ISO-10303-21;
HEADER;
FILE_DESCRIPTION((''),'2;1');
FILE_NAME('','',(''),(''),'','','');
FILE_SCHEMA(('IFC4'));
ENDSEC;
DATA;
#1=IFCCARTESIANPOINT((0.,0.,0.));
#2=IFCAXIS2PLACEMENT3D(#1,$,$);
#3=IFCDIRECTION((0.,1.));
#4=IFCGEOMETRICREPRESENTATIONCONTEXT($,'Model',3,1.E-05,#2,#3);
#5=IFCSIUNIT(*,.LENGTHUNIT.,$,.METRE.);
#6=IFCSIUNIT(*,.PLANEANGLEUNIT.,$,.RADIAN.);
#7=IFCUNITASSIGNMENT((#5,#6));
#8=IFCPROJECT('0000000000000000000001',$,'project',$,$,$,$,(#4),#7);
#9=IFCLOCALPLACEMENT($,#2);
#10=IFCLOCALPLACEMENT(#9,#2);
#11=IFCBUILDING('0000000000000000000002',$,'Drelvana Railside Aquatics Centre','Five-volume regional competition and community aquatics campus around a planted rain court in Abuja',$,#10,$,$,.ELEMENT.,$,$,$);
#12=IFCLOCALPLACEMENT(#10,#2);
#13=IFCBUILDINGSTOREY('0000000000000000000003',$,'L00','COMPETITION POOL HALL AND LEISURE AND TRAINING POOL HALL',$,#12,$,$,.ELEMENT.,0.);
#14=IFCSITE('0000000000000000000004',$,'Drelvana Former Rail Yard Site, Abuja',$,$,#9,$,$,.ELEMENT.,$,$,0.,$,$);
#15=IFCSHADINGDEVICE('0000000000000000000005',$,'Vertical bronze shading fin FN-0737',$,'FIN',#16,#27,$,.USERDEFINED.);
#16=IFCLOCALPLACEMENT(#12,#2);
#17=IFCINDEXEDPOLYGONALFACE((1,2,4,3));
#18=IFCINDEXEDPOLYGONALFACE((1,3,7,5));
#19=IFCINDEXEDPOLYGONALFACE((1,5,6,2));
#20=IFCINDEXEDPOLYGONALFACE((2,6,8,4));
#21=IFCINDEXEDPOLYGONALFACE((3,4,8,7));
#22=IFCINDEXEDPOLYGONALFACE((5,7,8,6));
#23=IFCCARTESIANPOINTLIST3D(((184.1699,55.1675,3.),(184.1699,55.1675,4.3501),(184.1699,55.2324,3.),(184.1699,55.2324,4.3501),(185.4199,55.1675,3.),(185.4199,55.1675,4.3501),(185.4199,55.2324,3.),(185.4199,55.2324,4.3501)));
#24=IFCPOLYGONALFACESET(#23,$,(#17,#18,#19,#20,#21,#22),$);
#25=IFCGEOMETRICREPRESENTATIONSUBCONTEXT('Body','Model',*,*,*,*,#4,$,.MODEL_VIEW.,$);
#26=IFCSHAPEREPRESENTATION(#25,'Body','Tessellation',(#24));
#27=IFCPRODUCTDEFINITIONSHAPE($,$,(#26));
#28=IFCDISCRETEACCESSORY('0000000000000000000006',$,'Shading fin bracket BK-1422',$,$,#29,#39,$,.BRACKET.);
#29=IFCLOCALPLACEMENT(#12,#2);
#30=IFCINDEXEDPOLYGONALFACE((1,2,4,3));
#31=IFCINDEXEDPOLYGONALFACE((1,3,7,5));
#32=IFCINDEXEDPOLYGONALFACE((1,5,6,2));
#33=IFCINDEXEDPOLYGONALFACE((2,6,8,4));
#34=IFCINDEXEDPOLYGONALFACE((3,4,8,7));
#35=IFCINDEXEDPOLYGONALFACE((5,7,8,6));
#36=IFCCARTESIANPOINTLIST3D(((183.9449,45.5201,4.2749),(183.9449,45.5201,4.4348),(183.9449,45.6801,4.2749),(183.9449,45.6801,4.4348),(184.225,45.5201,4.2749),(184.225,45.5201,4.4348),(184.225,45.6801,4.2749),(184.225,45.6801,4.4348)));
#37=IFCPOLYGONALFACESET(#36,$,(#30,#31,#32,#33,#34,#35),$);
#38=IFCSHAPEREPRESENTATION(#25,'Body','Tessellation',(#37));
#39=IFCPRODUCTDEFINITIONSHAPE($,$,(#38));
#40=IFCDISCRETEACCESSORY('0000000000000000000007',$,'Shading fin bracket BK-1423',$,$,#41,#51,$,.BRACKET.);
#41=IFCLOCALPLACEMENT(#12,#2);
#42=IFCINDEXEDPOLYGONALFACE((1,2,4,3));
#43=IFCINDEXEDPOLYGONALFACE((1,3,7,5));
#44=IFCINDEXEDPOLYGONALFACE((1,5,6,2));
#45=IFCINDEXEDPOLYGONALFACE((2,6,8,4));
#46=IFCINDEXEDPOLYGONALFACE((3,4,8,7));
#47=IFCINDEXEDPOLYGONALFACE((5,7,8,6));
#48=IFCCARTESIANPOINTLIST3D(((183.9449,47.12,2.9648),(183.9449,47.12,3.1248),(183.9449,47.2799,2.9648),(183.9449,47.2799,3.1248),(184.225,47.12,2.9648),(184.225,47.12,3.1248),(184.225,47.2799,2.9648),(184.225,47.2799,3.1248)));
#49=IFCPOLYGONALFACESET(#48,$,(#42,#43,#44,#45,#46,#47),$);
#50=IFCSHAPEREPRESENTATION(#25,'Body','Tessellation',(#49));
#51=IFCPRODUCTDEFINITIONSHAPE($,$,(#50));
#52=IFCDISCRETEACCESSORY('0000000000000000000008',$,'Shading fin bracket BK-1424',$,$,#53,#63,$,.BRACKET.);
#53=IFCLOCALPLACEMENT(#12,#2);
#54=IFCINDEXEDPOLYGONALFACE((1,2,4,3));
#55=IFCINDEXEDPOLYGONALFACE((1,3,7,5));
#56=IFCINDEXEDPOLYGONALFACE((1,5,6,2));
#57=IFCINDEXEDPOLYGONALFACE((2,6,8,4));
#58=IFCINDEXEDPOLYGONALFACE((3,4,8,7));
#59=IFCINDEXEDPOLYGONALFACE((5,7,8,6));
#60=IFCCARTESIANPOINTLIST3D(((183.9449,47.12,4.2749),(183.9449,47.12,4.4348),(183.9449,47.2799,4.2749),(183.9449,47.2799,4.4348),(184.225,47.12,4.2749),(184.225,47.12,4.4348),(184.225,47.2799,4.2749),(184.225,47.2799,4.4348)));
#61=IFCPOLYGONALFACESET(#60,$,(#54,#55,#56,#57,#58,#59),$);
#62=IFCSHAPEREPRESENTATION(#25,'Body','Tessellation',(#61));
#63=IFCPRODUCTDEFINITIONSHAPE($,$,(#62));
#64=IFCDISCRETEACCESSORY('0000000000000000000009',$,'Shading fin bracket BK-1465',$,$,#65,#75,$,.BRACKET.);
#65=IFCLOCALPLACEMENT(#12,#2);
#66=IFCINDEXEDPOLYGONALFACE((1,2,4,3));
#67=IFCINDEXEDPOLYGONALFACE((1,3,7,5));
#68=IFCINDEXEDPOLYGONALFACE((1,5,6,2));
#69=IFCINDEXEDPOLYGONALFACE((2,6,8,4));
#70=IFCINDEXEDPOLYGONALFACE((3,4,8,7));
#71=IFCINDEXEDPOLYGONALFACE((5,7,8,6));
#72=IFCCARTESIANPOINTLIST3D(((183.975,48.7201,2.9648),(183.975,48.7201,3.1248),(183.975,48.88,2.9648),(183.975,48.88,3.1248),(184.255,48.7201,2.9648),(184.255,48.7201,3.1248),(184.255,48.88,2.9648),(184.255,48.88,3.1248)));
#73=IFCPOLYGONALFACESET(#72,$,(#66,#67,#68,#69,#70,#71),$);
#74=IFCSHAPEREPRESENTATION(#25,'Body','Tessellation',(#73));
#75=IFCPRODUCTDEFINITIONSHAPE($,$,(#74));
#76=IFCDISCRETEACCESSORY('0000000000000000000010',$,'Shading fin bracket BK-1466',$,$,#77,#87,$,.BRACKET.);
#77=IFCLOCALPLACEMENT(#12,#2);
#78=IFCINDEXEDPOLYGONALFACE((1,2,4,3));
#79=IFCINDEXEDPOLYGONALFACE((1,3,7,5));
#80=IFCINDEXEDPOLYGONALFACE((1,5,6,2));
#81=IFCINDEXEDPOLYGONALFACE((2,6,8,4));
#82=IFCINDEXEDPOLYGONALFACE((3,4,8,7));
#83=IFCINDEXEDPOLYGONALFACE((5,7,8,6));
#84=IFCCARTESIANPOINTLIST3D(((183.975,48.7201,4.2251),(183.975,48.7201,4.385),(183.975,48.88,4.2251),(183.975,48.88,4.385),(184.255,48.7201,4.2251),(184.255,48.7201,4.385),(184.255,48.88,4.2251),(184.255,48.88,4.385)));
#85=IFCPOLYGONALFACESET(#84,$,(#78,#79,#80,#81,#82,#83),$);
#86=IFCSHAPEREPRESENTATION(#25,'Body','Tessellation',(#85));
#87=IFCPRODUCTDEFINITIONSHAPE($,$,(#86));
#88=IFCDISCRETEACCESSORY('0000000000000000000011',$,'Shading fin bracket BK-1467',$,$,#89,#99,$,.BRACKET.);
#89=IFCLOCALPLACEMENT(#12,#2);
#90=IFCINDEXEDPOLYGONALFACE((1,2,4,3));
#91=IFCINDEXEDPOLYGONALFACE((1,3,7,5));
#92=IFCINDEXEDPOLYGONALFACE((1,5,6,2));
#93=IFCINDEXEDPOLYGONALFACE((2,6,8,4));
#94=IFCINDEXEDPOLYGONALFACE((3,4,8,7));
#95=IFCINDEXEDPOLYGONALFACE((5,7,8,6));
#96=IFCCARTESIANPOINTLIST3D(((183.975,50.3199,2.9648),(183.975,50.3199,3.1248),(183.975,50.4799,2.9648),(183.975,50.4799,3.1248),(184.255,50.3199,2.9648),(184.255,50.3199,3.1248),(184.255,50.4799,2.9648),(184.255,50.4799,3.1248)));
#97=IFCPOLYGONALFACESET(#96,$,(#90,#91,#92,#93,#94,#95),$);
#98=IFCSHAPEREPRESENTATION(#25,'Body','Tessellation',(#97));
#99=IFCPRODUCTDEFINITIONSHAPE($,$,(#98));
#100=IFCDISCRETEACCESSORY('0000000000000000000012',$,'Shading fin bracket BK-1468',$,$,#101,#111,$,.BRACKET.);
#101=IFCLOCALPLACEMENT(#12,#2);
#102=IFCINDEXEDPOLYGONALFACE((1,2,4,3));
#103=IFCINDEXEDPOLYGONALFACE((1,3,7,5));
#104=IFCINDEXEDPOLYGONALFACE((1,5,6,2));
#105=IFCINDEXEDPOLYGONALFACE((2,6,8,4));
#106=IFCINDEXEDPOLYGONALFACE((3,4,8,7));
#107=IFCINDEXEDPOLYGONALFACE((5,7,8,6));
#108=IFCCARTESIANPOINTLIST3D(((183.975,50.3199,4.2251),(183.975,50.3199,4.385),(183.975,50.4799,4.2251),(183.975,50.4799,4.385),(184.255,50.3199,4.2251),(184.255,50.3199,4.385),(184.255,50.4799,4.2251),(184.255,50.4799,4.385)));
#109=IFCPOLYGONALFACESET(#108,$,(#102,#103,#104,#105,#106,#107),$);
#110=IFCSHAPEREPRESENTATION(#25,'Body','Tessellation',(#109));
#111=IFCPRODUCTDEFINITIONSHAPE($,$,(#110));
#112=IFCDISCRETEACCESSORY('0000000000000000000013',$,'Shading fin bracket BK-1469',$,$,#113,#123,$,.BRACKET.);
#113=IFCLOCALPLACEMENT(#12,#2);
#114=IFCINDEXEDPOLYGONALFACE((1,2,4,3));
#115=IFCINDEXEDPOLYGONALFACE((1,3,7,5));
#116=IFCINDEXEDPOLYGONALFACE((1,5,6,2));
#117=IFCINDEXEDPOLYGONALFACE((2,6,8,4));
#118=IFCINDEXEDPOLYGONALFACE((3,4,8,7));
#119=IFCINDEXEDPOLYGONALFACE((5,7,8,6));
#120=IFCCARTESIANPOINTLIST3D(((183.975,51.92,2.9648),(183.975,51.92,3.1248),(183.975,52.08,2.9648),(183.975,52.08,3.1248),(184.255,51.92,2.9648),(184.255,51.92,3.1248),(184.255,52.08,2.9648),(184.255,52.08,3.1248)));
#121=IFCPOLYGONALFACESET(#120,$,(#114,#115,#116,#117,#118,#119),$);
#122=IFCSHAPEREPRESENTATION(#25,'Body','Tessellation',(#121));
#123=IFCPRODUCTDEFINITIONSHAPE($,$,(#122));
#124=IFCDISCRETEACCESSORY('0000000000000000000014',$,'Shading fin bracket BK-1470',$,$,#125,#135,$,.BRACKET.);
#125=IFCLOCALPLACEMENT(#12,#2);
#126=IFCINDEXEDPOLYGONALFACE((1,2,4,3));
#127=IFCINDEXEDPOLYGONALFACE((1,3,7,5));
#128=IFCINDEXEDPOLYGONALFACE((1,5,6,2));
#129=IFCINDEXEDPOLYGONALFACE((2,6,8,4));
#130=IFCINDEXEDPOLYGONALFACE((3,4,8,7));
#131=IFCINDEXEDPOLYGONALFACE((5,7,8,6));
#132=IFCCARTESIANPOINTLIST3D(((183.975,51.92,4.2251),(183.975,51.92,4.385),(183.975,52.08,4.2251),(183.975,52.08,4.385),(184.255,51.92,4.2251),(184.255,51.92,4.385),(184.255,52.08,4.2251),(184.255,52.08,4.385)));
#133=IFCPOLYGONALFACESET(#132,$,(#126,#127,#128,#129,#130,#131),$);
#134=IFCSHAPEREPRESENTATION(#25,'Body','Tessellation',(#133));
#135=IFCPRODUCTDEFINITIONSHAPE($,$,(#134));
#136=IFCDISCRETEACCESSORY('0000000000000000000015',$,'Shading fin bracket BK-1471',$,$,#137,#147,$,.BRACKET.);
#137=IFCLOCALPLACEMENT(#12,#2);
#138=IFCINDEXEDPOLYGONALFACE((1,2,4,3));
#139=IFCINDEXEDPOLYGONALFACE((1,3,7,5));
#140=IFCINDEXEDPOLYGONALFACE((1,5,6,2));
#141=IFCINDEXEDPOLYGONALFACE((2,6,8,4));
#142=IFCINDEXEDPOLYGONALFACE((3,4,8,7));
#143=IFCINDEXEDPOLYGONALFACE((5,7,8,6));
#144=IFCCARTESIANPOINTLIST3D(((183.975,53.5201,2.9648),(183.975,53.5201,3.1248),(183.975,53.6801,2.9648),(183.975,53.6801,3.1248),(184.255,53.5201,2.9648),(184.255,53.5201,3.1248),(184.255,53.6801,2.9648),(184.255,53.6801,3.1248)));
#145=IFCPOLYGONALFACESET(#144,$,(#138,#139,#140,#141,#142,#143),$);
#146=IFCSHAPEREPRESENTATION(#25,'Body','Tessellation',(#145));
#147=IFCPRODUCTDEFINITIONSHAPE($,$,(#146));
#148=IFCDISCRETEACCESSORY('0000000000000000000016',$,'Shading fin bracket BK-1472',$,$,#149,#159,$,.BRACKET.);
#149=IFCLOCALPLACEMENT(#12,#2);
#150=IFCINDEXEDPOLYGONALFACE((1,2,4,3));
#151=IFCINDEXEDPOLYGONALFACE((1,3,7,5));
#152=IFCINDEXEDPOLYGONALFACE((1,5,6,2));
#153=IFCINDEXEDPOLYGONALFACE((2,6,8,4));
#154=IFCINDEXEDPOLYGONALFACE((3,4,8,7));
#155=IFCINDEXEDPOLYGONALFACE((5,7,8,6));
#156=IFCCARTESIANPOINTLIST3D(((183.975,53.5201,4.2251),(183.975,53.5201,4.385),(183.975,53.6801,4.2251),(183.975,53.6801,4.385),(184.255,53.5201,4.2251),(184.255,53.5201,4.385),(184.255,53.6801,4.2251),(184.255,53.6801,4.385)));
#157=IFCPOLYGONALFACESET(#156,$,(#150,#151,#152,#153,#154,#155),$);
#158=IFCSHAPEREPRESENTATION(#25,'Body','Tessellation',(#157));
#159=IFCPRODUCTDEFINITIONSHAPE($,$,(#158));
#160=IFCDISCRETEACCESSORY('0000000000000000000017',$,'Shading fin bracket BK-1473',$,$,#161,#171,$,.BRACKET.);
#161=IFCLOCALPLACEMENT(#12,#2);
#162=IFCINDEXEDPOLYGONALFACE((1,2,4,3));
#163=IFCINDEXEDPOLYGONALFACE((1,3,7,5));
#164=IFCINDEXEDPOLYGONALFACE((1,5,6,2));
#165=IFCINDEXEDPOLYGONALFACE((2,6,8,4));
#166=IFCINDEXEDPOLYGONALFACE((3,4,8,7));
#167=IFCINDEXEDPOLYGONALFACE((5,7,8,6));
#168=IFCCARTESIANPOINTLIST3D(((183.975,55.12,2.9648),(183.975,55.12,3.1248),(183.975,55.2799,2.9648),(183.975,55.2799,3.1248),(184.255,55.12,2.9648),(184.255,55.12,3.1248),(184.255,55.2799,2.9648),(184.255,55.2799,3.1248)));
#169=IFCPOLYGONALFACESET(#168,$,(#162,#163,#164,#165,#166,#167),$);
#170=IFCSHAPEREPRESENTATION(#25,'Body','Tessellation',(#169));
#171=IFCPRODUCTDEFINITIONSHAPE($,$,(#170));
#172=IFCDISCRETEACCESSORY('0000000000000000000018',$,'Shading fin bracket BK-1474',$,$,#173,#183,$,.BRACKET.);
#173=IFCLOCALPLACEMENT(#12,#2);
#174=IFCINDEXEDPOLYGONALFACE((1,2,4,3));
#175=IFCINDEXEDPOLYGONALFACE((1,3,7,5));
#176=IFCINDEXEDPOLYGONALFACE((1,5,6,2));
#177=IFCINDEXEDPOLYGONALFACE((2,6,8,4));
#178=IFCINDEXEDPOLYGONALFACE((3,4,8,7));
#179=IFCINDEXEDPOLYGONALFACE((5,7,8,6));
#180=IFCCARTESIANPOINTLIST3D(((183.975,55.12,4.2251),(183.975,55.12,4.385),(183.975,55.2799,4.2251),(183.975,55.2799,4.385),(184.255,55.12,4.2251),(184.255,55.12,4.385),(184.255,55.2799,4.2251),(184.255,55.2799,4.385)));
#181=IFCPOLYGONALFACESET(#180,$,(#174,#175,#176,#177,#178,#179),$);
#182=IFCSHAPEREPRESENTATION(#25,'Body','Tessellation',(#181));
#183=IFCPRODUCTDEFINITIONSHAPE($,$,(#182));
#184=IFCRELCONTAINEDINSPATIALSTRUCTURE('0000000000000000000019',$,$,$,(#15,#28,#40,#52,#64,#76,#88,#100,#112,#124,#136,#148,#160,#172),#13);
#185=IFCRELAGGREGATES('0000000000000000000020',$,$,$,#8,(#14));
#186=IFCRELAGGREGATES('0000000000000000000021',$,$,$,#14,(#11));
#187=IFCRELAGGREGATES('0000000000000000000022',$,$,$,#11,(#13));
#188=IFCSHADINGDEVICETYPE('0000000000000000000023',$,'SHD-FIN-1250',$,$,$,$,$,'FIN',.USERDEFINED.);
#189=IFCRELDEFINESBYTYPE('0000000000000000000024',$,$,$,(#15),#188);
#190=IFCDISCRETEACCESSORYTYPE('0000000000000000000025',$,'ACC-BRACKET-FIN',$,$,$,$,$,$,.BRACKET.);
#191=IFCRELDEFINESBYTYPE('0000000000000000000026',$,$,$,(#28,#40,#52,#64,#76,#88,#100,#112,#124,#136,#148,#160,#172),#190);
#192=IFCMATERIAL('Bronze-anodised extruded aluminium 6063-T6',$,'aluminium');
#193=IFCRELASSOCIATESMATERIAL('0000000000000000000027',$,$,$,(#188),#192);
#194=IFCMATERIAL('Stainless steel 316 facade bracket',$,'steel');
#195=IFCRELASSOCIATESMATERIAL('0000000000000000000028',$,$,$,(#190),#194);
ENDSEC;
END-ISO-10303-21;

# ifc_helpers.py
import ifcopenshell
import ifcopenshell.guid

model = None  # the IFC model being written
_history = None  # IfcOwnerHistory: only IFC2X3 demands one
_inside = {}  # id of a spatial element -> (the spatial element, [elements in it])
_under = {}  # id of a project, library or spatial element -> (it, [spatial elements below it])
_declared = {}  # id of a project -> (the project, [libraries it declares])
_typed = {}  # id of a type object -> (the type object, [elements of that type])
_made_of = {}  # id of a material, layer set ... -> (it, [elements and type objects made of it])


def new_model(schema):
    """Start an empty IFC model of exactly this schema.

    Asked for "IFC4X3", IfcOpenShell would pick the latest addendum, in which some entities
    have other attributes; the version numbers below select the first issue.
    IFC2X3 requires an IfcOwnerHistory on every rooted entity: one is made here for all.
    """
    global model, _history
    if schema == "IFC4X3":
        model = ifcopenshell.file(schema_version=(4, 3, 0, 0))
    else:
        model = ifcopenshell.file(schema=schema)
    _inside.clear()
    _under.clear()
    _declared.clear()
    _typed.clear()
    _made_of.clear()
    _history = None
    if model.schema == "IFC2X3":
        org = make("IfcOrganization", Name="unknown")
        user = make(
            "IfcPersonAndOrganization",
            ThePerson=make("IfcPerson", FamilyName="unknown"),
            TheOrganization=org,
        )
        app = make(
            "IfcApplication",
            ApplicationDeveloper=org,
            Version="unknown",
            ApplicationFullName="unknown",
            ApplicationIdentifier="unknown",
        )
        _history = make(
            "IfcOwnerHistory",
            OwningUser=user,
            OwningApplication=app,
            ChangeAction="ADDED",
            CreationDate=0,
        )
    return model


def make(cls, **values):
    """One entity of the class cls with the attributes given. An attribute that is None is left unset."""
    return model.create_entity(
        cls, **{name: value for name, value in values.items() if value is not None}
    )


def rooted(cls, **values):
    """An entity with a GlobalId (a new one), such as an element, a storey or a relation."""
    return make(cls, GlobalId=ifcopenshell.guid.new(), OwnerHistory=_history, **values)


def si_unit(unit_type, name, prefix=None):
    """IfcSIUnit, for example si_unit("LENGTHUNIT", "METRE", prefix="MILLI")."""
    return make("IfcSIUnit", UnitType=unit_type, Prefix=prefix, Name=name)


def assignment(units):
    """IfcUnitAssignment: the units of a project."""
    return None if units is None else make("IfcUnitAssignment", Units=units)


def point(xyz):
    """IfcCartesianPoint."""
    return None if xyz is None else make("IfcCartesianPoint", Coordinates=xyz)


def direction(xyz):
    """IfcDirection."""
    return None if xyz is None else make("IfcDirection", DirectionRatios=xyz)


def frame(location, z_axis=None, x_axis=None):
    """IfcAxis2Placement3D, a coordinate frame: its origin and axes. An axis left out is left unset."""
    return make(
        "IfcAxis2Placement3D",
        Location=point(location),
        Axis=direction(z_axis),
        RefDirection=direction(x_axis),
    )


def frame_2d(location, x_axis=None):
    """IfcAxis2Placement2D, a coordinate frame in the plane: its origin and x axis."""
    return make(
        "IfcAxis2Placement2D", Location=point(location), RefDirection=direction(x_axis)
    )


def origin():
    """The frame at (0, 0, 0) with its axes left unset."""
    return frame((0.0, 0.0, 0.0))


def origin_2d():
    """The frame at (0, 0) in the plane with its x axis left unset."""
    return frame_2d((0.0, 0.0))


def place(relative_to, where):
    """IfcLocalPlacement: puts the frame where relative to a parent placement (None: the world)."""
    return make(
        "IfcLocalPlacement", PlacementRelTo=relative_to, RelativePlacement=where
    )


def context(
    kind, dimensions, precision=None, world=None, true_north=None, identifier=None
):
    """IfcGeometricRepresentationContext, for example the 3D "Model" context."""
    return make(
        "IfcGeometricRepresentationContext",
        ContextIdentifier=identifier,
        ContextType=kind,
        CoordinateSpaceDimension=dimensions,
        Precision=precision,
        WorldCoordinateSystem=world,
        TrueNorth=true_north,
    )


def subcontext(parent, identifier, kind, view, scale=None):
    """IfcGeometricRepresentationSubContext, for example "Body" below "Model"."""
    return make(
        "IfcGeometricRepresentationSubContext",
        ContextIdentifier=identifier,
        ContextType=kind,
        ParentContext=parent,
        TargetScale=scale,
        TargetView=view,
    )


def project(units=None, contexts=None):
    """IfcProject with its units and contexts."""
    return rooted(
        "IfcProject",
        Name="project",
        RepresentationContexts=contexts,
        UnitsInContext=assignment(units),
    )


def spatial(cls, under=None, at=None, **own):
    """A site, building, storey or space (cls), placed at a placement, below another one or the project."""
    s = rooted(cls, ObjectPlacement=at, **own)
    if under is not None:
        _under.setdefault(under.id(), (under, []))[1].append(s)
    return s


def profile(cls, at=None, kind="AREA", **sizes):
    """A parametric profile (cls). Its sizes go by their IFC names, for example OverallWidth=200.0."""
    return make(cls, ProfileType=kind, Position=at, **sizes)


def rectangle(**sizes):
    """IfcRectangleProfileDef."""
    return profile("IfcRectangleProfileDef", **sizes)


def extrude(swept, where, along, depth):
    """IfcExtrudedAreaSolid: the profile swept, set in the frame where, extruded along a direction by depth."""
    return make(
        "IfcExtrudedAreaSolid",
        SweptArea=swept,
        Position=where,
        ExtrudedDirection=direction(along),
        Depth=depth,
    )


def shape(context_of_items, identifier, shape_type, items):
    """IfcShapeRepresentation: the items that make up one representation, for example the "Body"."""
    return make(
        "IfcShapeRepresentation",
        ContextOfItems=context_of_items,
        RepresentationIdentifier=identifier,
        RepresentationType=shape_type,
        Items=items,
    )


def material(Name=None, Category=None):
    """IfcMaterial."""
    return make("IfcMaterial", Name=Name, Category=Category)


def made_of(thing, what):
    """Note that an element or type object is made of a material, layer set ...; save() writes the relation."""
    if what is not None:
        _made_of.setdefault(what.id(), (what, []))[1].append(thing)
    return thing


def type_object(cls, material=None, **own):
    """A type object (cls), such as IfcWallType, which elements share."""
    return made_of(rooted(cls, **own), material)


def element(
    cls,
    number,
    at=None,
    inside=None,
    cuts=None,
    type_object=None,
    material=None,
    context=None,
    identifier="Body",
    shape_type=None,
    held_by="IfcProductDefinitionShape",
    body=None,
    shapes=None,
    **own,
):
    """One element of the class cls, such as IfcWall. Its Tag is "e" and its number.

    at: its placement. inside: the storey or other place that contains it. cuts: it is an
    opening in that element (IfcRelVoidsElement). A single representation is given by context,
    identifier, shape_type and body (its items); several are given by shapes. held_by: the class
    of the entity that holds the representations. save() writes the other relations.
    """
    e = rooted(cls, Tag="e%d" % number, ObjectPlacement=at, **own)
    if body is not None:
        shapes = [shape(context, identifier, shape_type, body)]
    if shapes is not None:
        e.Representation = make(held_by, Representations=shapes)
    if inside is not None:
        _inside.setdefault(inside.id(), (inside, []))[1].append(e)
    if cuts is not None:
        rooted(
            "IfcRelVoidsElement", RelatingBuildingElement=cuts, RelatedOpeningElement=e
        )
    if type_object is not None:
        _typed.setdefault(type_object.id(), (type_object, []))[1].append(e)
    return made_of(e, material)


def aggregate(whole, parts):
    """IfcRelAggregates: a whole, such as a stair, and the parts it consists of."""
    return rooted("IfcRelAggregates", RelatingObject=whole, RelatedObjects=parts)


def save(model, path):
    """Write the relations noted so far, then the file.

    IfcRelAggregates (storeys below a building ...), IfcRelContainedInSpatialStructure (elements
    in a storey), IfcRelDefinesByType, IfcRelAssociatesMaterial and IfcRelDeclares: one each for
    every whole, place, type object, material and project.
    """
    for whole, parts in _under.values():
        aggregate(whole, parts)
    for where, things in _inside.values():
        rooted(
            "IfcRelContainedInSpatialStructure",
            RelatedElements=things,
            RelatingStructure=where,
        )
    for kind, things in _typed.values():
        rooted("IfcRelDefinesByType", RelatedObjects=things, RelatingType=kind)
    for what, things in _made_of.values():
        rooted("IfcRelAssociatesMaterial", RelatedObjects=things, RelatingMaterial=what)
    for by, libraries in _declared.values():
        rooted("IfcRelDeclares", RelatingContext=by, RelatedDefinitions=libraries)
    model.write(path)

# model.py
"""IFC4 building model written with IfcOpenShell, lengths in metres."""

from ifc_helpers import new_model, si_unit, direction, frame, origin, origin_2d, place, context, subcontext, project, spatial, rectangle, extrude, material, type_object, element, save


model = new_model("IFC4")

# Units and contexts
model_context = context("Model", 3, precision=1e-05, world=origin(), true_north=direction((0.0, 1.0)))
body_context = subcontext(model_context, "Body", "Model", "MODEL_VIEW")
ifc_project = project(units=[si_unit("LENGTHUNIT", "METRE"), si_unit("PLANEANGLEUNIT", "RADIAN")], contexts=[model_context])

# Site, building, storey
site_placement = place(None, origin())
site = spatial("IfcSite", under=ifc_project, at=site_placement, Name="Drelvana Former Rail Yard Site, Abuja", CompositionType="ELEMENT", RefElevation=0.0)
building_placement = place(site_placement, origin())
building = spatial("IfcBuilding", under=site, at=building_placement, Name="Drelvana Railside Aquatics Centre", Description="Five-volume regional competition and community aquatics campus around a planted rain court in Abuja", CompositionType="ELEMENT")
storey_placement = place(building_placement, origin())
storey = spatial("IfcBuildingStorey", under=building, at=storey_placement, Name="L00", Description="COMPETITION POOL HALL AND LEISURE AND TRAINING POOL HALL", CompositionType="ELEMENT", Elevation=0.0)

# Shared definitions
ifc_material_1 = material(Name="Bronze-anodised extruded aluminium 6063-T6", Category="aluminium")

# Shading device
shading_device_type = type_object("IfcShadingDeviceType", Name="SHD-FIN-1250", ElementType="FIN", PredefinedType="USERDEFINED", material=ifc_material_1)
for number, where, z_axis, x_axis, name in (
    (1, (184.7949, 55.2, 3.0), (0.0, 0.0, 1.0), (1.0, 0.0, 0.0), "Vertical bronze shading fin FN-0737"),
):
    element("IfcShadingDevice", number, at=place(storey_placement, frame(where, z_axis=z_axis, x_axis=x_axis)), inside=storey, type_object=shading_device_type, Name=name, ObjectType="FIN", PredefinedType="USERDEFINED", context=body_context, shape_type="SweptSolid", body=[
        extrude(rectangle(XDim=1.25, YDim=0.0649, at=origin_2d()), origin(), (0.0, 0.0, 1.0), 1.3501),
    ])

# Discrete accessories
ifc_material_2 = material(Name="Stainless steel 316 facade bracket", Category="steel")
discrete_accessory_type = type_object("IfcDiscreteAccessoryType", Name="ACC-BRACKET-FIN", PredefinedType="BRACKET", material=ifc_material_2)
for number, where, z_axis, x_axis, name in (
    (2, (184.085, 45.6001, 4.2749), (0.0, 0.0, 1.0), (1.0, 0.0, 0.0), "Shading fin bracket BK-1422"),
    (3, (184.085, 47.2, 2.9648), (0.0, 0.0, 1.0), (1.0, 0.0, 0.0), "Shading fin bracket BK-1423"),
    (4, (184.085, 47.2, 4.2749), (0.0, 0.0, 1.0), (1.0, 0.0, 0.0), "Shading fin bracket BK-1424"),
    (5, (184.115, 48.8, 2.9648), (0.0, 0.0, 1.0), (1.0, 0.0, 0.0), "Shading fin bracket BK-1465"),
    (6, (184.115, 48.8, 4.2251), (0.0, 0.0, 1.0), (1.0, 0.0, 0.0), "Shading fin bracket BK-1466"),
    (7, (184.115, 50.3999, 2.9648), (0.0, 0.0, 1.0), (1.0, 0.0, 0.0), "Shading fin bracket BK-1467"),
    (8, (184.115, 50.3999, 4.2251), (0.0, 0.0, 1.0), (1.0, 0.0, 0.0), "Shading fin bracket BK-1468"),
    (9, (184.115, 52.0, 2.9648), (0.0, 0.0, 1.0), (1.0, 0.0, 0.0), "Shading fin bracket BK-1469"),
    (10, (184.115, 52.0, 4.2251), (0.0, 0.0, 1.0), (1.0, 0.0, 0.0), "Shading fin bracket BK-1470"),
    (11, (184.115, 53.6001, 2.9648), (0.0, 0.0, 1.0), (1.0, 0.0, 0.0), "Shading fin bracket BK-1471"),
    (12, (184.115, 53.6001, 4.2251), (0.0, 0.0, 1.0), (1.0, 0.0, 0.0), "Shading fin bracket BK-1472"),
    (13, (184.115, 55.2, 2.9648), (0.0, 0.0, 1.0), (1.0, 0.0, 0.0), "Shading fin bracket BK-1473"),
    (14, (184.115, 55.2, 4.2251), (0.0, 0.0, 1.0), (1.0, 0.0, 0.0), "Shading fin bracket BK-1474"),
):
    element("IfcDiscreteAccessory", number, at=place(storey_placement, frame(where, z_axis=z_axis, x_axis=x_axis)), inside=storey, type_object=discrete_accessory_type, Name=name, PredefinedType="BRACKET", context=body_context, shape_type="SweptSolid", body=[
        extrude(rectangle(XDim=0.28, YDim=0.1599, at=origin_2d()), origin(), (0.0, 0.0, 1.0), 0.1599),
    ])

save(model, "model.ifc")
